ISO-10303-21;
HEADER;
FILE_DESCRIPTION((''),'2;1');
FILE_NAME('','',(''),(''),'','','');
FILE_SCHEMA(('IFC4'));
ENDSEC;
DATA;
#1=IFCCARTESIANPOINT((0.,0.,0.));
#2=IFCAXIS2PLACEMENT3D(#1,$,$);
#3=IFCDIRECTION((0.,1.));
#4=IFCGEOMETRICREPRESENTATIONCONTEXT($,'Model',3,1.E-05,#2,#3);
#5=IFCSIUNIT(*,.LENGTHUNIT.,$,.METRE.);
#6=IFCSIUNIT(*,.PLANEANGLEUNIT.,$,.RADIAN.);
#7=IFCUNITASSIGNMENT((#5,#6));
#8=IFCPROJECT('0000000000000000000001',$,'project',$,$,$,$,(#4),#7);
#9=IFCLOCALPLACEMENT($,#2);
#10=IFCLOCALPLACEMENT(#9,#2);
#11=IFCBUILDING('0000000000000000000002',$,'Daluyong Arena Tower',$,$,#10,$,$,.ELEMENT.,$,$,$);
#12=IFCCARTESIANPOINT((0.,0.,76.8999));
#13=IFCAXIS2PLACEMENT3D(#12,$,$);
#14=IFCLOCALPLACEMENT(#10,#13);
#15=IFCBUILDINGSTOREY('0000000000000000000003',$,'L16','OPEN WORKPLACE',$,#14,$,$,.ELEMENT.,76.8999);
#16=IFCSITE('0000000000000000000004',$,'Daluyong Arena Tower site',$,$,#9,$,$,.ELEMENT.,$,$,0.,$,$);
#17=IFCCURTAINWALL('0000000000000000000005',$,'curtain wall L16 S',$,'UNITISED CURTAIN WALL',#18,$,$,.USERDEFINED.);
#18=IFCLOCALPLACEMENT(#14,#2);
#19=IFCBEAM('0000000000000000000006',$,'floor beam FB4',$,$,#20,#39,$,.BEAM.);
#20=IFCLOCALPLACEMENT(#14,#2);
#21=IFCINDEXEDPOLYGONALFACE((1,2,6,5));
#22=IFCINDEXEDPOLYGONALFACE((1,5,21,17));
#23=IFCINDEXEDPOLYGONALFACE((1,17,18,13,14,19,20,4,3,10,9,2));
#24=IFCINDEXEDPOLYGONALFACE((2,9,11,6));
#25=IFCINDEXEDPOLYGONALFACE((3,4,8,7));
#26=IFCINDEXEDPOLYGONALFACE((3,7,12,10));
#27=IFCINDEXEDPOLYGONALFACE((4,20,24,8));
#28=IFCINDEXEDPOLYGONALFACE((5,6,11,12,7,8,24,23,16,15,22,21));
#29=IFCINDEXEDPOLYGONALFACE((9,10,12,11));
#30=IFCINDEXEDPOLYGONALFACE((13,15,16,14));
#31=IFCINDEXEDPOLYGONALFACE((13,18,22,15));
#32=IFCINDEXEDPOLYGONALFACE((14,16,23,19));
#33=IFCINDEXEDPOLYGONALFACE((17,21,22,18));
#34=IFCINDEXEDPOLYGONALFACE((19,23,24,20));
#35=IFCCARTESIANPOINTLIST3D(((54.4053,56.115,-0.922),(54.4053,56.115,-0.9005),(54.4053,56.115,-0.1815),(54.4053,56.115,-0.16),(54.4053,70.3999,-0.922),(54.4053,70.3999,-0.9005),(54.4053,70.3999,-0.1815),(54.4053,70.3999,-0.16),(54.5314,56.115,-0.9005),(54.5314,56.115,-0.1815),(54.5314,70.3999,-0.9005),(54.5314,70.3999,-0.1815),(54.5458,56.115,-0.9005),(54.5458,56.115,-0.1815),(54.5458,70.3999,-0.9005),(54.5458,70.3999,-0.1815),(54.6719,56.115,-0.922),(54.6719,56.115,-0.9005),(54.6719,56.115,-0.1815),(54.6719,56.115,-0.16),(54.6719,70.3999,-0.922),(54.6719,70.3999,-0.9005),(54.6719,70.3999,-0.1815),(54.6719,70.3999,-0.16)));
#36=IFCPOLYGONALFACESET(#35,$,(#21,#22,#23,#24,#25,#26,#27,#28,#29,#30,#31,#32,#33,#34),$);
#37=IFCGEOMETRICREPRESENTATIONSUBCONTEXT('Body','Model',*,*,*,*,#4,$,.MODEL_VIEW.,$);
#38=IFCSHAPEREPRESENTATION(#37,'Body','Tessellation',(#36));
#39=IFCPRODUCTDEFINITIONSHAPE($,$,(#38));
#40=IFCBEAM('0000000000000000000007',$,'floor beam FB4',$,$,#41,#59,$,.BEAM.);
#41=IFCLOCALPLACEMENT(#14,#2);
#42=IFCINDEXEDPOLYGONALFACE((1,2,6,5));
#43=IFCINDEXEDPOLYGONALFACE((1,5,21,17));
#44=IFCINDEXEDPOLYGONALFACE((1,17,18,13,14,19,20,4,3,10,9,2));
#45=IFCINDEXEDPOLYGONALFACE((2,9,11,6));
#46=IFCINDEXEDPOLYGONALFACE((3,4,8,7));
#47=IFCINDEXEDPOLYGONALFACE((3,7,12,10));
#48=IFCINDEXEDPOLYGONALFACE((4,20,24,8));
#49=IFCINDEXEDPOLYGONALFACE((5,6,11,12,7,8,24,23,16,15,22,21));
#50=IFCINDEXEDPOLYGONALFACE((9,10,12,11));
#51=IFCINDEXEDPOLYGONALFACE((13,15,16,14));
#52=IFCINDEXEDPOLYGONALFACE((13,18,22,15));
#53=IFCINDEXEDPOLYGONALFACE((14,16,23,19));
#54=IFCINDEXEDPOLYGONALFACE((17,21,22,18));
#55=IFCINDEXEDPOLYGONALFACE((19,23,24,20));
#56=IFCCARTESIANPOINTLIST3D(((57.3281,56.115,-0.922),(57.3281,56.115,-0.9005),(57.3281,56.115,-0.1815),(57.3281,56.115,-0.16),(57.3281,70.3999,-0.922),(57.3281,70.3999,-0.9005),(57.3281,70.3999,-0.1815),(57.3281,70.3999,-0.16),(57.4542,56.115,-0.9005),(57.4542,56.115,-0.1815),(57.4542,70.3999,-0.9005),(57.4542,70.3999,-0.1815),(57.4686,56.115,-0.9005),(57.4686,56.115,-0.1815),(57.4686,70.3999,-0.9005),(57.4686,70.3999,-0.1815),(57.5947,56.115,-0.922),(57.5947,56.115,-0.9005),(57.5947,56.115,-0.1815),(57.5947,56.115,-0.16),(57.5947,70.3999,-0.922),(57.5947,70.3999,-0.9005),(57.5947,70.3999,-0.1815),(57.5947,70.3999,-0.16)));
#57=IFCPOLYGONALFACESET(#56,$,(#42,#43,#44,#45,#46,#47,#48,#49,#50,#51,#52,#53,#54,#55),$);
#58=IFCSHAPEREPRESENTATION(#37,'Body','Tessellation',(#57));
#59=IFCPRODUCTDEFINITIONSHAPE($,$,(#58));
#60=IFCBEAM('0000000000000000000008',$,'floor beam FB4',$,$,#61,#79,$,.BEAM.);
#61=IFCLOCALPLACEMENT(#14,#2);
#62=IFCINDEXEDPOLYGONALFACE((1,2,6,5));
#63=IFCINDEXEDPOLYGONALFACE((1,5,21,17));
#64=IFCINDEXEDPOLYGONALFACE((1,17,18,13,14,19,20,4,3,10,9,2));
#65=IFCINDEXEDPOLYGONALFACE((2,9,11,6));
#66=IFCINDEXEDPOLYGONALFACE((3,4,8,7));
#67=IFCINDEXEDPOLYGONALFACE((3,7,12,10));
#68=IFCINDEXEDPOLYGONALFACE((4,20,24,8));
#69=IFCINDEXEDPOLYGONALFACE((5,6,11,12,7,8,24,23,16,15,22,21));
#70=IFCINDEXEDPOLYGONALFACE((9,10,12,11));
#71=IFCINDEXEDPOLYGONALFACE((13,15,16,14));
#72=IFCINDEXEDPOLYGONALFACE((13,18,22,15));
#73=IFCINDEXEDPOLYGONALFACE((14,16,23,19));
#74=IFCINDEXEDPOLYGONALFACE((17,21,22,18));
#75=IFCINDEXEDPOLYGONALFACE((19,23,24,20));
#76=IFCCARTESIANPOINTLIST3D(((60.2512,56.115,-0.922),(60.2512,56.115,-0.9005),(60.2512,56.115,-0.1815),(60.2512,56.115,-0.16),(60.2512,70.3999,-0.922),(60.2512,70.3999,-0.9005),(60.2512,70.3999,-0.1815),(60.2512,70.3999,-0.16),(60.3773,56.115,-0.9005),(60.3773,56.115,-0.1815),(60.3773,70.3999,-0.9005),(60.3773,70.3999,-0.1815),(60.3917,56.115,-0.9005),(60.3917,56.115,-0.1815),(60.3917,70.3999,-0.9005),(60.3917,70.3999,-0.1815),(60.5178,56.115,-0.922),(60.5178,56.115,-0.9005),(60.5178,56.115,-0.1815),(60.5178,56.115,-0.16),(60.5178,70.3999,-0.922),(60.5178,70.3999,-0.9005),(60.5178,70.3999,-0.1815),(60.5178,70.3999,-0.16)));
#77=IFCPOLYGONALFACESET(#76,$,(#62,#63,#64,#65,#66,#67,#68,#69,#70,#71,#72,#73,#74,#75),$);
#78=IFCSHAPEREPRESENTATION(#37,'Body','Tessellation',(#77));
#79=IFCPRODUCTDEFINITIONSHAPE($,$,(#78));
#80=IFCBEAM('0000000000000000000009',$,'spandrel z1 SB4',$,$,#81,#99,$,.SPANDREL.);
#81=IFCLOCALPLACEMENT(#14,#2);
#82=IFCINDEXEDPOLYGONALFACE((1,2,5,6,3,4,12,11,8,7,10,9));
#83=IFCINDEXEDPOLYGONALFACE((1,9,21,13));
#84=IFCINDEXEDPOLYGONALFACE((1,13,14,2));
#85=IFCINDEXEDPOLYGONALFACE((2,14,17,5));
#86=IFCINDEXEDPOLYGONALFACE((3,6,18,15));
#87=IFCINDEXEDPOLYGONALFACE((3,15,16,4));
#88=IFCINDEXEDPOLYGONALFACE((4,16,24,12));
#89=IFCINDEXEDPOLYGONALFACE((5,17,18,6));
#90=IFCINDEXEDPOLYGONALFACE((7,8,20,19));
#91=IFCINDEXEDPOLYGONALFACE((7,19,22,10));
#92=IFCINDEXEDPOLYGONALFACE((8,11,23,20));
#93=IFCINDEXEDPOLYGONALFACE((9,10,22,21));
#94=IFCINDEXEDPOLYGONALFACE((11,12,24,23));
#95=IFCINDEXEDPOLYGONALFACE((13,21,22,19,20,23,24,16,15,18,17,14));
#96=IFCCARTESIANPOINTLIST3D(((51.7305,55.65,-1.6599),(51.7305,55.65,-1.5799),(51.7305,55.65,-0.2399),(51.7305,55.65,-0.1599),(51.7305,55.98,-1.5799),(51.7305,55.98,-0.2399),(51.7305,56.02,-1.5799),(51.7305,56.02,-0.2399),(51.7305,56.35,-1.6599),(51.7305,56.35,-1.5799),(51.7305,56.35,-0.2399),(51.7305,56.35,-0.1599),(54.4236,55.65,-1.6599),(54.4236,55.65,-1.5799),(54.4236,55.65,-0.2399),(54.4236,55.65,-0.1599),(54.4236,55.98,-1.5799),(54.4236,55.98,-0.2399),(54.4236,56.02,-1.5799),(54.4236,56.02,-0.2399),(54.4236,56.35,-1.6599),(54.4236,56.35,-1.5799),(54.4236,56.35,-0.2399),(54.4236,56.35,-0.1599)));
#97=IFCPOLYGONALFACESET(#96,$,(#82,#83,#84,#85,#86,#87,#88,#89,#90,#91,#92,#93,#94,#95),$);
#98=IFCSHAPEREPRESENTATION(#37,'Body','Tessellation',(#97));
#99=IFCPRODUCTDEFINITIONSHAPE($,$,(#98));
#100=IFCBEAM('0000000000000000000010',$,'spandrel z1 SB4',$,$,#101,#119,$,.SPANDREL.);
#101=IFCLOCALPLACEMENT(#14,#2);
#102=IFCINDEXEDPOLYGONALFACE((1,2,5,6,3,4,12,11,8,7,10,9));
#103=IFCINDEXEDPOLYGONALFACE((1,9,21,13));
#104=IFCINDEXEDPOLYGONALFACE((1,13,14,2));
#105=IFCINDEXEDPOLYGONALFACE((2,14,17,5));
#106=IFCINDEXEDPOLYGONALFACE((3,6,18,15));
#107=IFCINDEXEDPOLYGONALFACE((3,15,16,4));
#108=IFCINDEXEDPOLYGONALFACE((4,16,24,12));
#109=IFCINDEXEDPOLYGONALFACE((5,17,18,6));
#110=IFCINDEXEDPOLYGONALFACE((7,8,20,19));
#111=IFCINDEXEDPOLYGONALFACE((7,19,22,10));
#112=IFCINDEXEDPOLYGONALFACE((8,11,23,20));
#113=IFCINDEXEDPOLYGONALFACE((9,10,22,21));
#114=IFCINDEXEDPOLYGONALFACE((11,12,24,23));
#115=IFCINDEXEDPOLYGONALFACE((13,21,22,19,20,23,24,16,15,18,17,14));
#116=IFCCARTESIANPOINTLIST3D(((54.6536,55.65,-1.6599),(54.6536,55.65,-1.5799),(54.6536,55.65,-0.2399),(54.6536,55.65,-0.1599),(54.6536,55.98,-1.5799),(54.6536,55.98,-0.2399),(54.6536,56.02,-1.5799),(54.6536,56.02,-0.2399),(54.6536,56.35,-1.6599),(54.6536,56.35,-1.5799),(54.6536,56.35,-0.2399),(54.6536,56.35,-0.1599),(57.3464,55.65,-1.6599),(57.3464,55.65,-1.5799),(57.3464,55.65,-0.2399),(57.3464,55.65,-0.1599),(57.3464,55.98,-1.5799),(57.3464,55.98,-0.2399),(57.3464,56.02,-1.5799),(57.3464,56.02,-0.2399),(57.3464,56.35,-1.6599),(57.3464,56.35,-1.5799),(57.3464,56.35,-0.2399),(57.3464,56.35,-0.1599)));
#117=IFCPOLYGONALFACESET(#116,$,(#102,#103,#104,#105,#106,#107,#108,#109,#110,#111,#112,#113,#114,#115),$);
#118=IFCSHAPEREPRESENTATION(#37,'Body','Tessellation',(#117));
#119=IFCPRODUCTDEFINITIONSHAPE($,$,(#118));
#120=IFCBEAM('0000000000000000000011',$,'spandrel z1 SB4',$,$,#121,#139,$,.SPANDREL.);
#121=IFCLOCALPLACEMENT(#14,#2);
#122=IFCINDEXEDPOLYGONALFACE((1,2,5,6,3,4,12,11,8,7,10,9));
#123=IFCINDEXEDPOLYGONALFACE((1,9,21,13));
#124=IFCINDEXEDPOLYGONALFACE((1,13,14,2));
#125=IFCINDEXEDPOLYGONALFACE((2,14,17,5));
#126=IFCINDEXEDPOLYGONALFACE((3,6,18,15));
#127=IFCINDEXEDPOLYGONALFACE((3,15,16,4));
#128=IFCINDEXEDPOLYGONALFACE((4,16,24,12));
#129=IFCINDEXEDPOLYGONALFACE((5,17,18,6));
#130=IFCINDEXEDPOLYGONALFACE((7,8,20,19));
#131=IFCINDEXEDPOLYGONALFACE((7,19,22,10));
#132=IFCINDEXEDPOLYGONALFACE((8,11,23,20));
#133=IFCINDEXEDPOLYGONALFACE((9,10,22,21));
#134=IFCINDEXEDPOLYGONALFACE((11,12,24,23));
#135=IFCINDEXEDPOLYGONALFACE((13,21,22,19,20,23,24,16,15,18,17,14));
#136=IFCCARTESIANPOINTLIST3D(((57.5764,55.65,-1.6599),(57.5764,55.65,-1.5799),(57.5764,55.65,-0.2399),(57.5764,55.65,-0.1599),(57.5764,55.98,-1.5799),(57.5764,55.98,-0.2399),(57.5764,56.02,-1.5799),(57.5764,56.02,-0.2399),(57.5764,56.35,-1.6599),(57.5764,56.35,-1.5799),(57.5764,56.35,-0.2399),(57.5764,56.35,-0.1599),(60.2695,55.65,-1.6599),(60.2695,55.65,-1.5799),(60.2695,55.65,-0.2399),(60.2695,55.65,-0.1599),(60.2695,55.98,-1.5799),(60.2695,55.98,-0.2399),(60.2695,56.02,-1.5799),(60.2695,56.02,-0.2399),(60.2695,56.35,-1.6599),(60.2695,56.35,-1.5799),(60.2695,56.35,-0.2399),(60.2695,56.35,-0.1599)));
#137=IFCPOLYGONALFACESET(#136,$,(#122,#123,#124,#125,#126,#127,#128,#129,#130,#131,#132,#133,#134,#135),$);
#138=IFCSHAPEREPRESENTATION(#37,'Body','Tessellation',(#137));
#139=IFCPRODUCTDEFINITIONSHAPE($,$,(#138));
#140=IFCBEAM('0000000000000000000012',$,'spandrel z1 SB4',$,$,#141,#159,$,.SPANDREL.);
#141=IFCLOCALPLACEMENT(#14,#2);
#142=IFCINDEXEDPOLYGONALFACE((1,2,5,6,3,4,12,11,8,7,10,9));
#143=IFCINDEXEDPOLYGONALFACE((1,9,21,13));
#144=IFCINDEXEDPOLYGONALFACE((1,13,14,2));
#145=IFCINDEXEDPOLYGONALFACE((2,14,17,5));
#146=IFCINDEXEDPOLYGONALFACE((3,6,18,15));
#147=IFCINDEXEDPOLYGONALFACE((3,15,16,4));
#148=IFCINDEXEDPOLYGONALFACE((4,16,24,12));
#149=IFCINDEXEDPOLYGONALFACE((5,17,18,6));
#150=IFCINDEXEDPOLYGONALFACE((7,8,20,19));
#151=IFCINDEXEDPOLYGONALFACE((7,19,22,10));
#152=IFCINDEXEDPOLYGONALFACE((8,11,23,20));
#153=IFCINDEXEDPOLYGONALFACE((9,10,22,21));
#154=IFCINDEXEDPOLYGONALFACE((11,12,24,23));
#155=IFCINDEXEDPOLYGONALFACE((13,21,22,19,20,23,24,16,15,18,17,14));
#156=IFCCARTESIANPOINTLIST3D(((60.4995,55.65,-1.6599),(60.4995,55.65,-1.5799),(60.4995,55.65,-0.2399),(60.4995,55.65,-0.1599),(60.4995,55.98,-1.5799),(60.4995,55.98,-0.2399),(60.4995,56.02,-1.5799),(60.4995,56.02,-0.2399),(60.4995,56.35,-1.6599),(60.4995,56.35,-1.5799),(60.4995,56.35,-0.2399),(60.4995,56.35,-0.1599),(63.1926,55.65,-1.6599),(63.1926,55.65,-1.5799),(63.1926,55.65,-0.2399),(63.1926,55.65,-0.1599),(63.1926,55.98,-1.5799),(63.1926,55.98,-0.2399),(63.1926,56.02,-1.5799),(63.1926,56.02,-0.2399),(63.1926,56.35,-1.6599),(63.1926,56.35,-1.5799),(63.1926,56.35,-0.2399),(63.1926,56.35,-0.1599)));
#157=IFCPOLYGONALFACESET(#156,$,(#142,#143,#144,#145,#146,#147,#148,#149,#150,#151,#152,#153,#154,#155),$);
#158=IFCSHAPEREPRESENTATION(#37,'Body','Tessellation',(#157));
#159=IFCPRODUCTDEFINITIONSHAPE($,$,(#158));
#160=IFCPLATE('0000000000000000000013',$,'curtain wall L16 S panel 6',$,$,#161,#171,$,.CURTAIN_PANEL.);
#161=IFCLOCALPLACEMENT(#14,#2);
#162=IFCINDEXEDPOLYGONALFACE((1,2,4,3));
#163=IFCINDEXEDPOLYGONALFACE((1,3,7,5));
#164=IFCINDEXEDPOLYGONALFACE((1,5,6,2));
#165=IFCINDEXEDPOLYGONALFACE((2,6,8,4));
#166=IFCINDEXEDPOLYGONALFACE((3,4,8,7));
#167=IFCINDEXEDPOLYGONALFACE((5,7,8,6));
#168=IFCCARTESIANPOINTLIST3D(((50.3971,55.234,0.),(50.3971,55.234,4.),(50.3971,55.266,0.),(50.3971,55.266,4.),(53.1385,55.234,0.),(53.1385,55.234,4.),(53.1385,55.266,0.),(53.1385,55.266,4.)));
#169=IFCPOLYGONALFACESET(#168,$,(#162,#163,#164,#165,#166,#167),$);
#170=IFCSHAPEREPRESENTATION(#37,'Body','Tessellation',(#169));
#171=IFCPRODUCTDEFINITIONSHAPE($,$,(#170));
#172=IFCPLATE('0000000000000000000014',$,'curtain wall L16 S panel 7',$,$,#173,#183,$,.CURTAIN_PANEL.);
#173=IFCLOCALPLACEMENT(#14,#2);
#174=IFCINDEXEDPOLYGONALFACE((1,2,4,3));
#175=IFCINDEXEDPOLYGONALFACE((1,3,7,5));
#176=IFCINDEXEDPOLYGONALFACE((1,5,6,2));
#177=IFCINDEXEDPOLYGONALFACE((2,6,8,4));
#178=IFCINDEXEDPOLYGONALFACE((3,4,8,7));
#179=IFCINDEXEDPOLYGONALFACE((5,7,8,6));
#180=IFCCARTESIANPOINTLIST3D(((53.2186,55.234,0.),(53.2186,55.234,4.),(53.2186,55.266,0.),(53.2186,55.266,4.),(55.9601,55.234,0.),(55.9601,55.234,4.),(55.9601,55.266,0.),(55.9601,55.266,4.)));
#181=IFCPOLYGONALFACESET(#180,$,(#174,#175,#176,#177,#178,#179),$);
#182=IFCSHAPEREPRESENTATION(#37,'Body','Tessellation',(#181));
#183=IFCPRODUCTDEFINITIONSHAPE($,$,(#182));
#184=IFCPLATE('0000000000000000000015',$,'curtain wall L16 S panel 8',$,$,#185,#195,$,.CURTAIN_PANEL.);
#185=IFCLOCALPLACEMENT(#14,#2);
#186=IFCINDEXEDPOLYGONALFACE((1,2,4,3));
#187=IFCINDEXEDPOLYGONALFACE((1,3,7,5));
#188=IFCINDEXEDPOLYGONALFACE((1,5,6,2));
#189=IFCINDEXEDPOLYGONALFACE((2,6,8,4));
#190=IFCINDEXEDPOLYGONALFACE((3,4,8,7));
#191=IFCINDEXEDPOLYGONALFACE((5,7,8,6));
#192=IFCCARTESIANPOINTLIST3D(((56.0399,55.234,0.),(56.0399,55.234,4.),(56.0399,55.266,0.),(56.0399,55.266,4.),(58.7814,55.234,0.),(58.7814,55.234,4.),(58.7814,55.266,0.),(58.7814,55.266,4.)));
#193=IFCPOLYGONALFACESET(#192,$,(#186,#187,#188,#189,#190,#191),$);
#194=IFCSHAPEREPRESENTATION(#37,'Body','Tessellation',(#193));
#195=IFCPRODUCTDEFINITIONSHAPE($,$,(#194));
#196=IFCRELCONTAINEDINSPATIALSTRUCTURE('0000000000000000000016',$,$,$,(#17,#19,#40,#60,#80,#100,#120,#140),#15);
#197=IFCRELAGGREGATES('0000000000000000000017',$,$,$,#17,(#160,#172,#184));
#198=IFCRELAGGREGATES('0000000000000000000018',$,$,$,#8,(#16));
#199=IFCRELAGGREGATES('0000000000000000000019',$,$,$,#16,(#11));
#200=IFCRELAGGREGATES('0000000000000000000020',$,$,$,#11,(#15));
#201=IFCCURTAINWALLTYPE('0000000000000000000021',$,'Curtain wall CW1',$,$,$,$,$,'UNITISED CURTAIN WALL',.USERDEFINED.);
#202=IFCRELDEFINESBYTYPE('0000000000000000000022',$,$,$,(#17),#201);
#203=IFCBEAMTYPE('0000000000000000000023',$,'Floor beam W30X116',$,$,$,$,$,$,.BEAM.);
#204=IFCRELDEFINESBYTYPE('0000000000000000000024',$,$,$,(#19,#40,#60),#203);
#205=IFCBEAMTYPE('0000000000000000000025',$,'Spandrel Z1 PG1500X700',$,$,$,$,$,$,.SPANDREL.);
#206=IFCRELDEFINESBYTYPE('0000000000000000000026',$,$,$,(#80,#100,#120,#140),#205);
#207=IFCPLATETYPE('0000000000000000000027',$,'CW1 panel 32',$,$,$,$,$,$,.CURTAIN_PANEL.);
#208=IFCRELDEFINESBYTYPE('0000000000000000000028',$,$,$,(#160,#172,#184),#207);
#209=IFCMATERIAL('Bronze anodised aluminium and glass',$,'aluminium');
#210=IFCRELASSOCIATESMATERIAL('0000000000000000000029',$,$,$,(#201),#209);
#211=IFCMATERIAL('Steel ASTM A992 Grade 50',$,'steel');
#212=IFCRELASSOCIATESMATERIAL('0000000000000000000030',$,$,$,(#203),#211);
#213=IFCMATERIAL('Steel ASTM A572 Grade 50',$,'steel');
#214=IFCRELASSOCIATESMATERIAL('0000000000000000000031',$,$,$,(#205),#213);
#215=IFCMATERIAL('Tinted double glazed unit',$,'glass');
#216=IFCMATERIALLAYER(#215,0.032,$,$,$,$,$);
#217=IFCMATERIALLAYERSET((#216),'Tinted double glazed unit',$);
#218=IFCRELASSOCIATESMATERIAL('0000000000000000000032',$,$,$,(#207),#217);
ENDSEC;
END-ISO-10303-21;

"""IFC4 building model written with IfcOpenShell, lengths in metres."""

from ifc_helpers import new_model, si_unit, direction, frame, origin, origin_2d, place, context, subcontext, project, spatial, rectangle, i_section, extrude, material, layer, layer_set, material_profile, profile_set, type_object, element, aggregate, save


model = new_model("IFC4")

# Units and contexts
model_context = context("Model", 3, precision=1e-05, world=origin(), true_north=direction((0.0, 1.0)))
body_context = subcontext(model_context, "Body", "Model", "MODEL_VIEW")
ifc_project = project(units=[si_unit("LENGTHUNIT", "METRE"), si_unit("PLANEANGLEUNIT", "RADIAN")], contexts=[model_context])

# Site, building, storey
site_placement = place(None, origin())
site = spatial("IfcSite", under=ifc_project, at=site_placement, Name="Daluyong Arena Tower site", CompositionType="ELEMENT", RefElevation=0.0)
building_placement = place(site_placement, origin())
building = spatial("IfcBuilding", under=site, at=building_placement, Name="Daluyong Arena Tower", CompositionType="ELEMENT")
storey_placement = place(building_placement, frame((0.0, 0.0, 76.8999)))
storey = spatial("IfcBuildingStorey", under=building, at=storey_placement, Name="L16", Description="OPEN WORKPLACE", CompositionType="ELEMENT", Elevation=76.8999)

# Curtain wall
ifc_material_1 = material(Name="Bronze anodised aluminium and glass", Category="aluminium")
curtain_wall_type = type_object("IfcCurtainWallType", Name="Curtain wall CW1", ElementType="UNITISED CURTAIN WALL", PredefinedType="USERDEFINED", material=ifc_material_1)
curtain_wall_placement = place(storey_placement, origin())
curtain_wall = element("IfcCurtainWall", 1, at=curtain_wall_placement, inside=storey, type_object=curtain_wall_type, Name="curtain wall L16 S", ObjectType="UNITISED CURTAIN WALL", PredefinedType="USERDEFINED")

# Beams
ifc_material_2 = material(Name="Steel ASTM A992 Grade 50", Category="steel")
ifc_material_profile_1 = material_profile(ifc_material_2, i_section(OverallWidth=0.2666, OverallDepth=0.762, WebThickness=0.0144, FlangeThickness=0.0215, at=origin_2d()))
ifc_profile_set_1 = profile_set([ifc_material_profile_1], Name="Steel ASTM A992 Grade 50")
beam_type_1 = type_object("IfcBeamType", Name="Floor beam W30X116", PredefinedType="BEAM", material=ifc_profile_set_1)
for number, where, z_axis, x_axis, name in (
    (2, (54.5386, 56.115, -0.541), (0.0, 1.0, 0.0), (-1.0, 0.0, 0.0), "floor beam FB4"),
    (3, (57.4614, 56.115, -0.541), (0.0, 1.0, 0.0), (-1.0, 0.0, 0.0), "floor beam FB4"),
    (4, (60.3845, 56.115, -0.541), (0.0, 1.0, 0.0), (-1.0, 0.0, 0.0), "floor beam FB4"),
):
    element("IfcBeam", number, at=place(storey_placement, frame(where, z_axis=z_axis, x_axis=x_axis)), inside=storey, type_object=beam_type_1, Name=name, PredefinedType="BEAM", context=body_context, shape_type="SweptSolid", body=[
        extrude(i_section(OverallWidth=0.2666, OverallDepth=0.762, WebThickness=0.0144, FlangeThickness=0.0215, at=origin_2d()), origin(), (0.0, 0.0, 1.0), 14.2849),
    ])
ifc_material_3 = material(Name="Steel ASTM A572 Grade 50", Category="steel")
ifc_material_profile_2 = material_profile(ifc_material_3, i_section(OverallWidth=0.7, OverallDepth=1.5, WebThickness=0.04, FlangeThickness=0.08, at=origin_2d()))
ifc_profile_set_2 = profile_set([ifc_material_profile_2], Name="Steel ASTM A572 Grade 50")
beam_type_2 = type_object("IfcBeamType", Name="Spandrel Z1 PG1500X700", PredefinedType="SPANDREL", material=ifc_profile_set_2)
beam_1_placement = place(storey_placement, frame((51.7305, 56.0, -0.9099), z_axis=(1.0, 0.0, 0.0), x_axis=(0.0, 1.0, 0.0)))
element("IfcBeam", 5, at=beam_1_placement, inside=storey, type_object=beam_type_2, Name="spandrel z1 SB4", PredefinedType="SPANDREL", context=body_context, shape_type="SweptSolid", body=[
    extrude(i_section(OverallWidth=0.7, OverallDepth=1.5, WebThickness=0.04, FlangeThickness=0.08, at=origin_2d()), origin(), (0.0, 0.0, 1.0), 2.6931),
])
beam_2_placement = place(storey_placement, frame((54.6536, 56.0, -0.9099), z_axis=(1.0, 0.0, 0.0), x_axis=(0.0, 1.0, 0.0)))
element("IfcBeam", 6, at=beam_2_placement, inside=storey, type_object=beam_type_2, Name="spandrel z1 SB4", PredefinedType="SPANDREL", context=body_context, shape_type="SweptSolid", body=[
    extrude(i_section(OverallWidth=0.7, OverallDepth=1.5, WebThickness=0.04, FlangeThickness=0.08, at=origin_2d()), origin(), (0.0, 0.0, 1.0), 2.6929),
])
for number, where, z_axis, x_axis, name in (
    (7, (57.5764, 56.0, -0.9099), (1.0, 0.0, 0.0), (0.0, 1.0, 0.0), "spandrel z1 SB4"),
    (8, (60.4995, 56.0, -0.9099), (1.0, 0.0, 0.0), (0.0, 1.0, 0.0), "spandrel z1 SB4"),
):
    element("IfcBeam", number, at=place(storey_placement, frame(where, z_axis=z_axis, x_axis=x_axis)), inside=storey, type_object=beam_type_2, Name=name, PredefinedType="SPANDREL", context=body_context, shape_type="SweptSolid", body=[
        extrude(i_section(OverallWidth=0.7, OverallDepth=1.5, WebThickness=0.04, FlangeThickness=0.08, at=origin_2d()), origin(), (0.0, 0.0, 1.0), 2.6931),
    ])

# Plates
ifc_material_4 = material(Name="Tinted double glazed unit", Category="glass")
ifc_layer_1 = layer(ifc_material_4, 0.032)
ifc_layer_set_1 = layer_set([ifc_layer_1], Name="Tinted double glazed unit")
plate_type = type_object("IfcPlateType", Name="CW1 panel 32", PredefinedType="CURTAIN_PANEL", material=ifc_layer_set_1)
plate_1_placement = place(storey_placement, frame((51.7678, 55.25, 0.0), z_axis=(0.0, 0.0, 1.0), x_axis=(1.0, 0.0, 0.0)))
plate_1 = element("IfcPlate", 9, at=plate_1_placement, type_object=plate_type, Name="curtain wall L16 S panel 6", PredefinedType="CURTAIN_PANEL", context=body_context, shape_type="SweptSolid", body=[
    extrude(rectangle(XDim=2.7415, YDim=0.032, at=origin_2d()), origin(), (0.0, 0.0, 1.0), 4.0),
])
plate_2_placement = place(storey_placement, frame((54.5894, 55.25, 0.0), z_axis=(0.0, 0.0, 1.0), x_axis=(1.0, 0.0, 0.0)))
plate_2 = element("IfcPlate", 10, at=plate_2_placement, type_object=plate_type, Name="curtain wall L16 S panel 7", PredefinedType="CURTAIN_PANEL", context=body_context, shape_type="SweptSolid", body=[
    extrude(rectangle(XDim=2.7415, YDim=0.032, at=origin_2d()), origin(), (0.0, 0.0, 1.0), 4.0),
])
plate_3_placement = place(storey_placement, frame((57.4106, 55.25, 0.0), z_axis=(0.0, 0.0, 1.0), x_axis=(1.0, 0.0, 0.0)))
plate_3 = element("IfcPlate", 11, at=plate_3_placement, type_object=plate_type, Name="curtain wall L16 S panel 8", PredefinedType="CURTAIN_PANEL", context=body_context, shape_type="SweptSolid", body=[
    extrude(rectangle(XDim=2.7415, YDim=0.032, at=origin_2d()), origin(), (0.0, 0.0, 1.0), 4.0),
])
aggregate(curtain_wall, [plate_1, plate_2, plate_3])

save(model, "model.ifc")
